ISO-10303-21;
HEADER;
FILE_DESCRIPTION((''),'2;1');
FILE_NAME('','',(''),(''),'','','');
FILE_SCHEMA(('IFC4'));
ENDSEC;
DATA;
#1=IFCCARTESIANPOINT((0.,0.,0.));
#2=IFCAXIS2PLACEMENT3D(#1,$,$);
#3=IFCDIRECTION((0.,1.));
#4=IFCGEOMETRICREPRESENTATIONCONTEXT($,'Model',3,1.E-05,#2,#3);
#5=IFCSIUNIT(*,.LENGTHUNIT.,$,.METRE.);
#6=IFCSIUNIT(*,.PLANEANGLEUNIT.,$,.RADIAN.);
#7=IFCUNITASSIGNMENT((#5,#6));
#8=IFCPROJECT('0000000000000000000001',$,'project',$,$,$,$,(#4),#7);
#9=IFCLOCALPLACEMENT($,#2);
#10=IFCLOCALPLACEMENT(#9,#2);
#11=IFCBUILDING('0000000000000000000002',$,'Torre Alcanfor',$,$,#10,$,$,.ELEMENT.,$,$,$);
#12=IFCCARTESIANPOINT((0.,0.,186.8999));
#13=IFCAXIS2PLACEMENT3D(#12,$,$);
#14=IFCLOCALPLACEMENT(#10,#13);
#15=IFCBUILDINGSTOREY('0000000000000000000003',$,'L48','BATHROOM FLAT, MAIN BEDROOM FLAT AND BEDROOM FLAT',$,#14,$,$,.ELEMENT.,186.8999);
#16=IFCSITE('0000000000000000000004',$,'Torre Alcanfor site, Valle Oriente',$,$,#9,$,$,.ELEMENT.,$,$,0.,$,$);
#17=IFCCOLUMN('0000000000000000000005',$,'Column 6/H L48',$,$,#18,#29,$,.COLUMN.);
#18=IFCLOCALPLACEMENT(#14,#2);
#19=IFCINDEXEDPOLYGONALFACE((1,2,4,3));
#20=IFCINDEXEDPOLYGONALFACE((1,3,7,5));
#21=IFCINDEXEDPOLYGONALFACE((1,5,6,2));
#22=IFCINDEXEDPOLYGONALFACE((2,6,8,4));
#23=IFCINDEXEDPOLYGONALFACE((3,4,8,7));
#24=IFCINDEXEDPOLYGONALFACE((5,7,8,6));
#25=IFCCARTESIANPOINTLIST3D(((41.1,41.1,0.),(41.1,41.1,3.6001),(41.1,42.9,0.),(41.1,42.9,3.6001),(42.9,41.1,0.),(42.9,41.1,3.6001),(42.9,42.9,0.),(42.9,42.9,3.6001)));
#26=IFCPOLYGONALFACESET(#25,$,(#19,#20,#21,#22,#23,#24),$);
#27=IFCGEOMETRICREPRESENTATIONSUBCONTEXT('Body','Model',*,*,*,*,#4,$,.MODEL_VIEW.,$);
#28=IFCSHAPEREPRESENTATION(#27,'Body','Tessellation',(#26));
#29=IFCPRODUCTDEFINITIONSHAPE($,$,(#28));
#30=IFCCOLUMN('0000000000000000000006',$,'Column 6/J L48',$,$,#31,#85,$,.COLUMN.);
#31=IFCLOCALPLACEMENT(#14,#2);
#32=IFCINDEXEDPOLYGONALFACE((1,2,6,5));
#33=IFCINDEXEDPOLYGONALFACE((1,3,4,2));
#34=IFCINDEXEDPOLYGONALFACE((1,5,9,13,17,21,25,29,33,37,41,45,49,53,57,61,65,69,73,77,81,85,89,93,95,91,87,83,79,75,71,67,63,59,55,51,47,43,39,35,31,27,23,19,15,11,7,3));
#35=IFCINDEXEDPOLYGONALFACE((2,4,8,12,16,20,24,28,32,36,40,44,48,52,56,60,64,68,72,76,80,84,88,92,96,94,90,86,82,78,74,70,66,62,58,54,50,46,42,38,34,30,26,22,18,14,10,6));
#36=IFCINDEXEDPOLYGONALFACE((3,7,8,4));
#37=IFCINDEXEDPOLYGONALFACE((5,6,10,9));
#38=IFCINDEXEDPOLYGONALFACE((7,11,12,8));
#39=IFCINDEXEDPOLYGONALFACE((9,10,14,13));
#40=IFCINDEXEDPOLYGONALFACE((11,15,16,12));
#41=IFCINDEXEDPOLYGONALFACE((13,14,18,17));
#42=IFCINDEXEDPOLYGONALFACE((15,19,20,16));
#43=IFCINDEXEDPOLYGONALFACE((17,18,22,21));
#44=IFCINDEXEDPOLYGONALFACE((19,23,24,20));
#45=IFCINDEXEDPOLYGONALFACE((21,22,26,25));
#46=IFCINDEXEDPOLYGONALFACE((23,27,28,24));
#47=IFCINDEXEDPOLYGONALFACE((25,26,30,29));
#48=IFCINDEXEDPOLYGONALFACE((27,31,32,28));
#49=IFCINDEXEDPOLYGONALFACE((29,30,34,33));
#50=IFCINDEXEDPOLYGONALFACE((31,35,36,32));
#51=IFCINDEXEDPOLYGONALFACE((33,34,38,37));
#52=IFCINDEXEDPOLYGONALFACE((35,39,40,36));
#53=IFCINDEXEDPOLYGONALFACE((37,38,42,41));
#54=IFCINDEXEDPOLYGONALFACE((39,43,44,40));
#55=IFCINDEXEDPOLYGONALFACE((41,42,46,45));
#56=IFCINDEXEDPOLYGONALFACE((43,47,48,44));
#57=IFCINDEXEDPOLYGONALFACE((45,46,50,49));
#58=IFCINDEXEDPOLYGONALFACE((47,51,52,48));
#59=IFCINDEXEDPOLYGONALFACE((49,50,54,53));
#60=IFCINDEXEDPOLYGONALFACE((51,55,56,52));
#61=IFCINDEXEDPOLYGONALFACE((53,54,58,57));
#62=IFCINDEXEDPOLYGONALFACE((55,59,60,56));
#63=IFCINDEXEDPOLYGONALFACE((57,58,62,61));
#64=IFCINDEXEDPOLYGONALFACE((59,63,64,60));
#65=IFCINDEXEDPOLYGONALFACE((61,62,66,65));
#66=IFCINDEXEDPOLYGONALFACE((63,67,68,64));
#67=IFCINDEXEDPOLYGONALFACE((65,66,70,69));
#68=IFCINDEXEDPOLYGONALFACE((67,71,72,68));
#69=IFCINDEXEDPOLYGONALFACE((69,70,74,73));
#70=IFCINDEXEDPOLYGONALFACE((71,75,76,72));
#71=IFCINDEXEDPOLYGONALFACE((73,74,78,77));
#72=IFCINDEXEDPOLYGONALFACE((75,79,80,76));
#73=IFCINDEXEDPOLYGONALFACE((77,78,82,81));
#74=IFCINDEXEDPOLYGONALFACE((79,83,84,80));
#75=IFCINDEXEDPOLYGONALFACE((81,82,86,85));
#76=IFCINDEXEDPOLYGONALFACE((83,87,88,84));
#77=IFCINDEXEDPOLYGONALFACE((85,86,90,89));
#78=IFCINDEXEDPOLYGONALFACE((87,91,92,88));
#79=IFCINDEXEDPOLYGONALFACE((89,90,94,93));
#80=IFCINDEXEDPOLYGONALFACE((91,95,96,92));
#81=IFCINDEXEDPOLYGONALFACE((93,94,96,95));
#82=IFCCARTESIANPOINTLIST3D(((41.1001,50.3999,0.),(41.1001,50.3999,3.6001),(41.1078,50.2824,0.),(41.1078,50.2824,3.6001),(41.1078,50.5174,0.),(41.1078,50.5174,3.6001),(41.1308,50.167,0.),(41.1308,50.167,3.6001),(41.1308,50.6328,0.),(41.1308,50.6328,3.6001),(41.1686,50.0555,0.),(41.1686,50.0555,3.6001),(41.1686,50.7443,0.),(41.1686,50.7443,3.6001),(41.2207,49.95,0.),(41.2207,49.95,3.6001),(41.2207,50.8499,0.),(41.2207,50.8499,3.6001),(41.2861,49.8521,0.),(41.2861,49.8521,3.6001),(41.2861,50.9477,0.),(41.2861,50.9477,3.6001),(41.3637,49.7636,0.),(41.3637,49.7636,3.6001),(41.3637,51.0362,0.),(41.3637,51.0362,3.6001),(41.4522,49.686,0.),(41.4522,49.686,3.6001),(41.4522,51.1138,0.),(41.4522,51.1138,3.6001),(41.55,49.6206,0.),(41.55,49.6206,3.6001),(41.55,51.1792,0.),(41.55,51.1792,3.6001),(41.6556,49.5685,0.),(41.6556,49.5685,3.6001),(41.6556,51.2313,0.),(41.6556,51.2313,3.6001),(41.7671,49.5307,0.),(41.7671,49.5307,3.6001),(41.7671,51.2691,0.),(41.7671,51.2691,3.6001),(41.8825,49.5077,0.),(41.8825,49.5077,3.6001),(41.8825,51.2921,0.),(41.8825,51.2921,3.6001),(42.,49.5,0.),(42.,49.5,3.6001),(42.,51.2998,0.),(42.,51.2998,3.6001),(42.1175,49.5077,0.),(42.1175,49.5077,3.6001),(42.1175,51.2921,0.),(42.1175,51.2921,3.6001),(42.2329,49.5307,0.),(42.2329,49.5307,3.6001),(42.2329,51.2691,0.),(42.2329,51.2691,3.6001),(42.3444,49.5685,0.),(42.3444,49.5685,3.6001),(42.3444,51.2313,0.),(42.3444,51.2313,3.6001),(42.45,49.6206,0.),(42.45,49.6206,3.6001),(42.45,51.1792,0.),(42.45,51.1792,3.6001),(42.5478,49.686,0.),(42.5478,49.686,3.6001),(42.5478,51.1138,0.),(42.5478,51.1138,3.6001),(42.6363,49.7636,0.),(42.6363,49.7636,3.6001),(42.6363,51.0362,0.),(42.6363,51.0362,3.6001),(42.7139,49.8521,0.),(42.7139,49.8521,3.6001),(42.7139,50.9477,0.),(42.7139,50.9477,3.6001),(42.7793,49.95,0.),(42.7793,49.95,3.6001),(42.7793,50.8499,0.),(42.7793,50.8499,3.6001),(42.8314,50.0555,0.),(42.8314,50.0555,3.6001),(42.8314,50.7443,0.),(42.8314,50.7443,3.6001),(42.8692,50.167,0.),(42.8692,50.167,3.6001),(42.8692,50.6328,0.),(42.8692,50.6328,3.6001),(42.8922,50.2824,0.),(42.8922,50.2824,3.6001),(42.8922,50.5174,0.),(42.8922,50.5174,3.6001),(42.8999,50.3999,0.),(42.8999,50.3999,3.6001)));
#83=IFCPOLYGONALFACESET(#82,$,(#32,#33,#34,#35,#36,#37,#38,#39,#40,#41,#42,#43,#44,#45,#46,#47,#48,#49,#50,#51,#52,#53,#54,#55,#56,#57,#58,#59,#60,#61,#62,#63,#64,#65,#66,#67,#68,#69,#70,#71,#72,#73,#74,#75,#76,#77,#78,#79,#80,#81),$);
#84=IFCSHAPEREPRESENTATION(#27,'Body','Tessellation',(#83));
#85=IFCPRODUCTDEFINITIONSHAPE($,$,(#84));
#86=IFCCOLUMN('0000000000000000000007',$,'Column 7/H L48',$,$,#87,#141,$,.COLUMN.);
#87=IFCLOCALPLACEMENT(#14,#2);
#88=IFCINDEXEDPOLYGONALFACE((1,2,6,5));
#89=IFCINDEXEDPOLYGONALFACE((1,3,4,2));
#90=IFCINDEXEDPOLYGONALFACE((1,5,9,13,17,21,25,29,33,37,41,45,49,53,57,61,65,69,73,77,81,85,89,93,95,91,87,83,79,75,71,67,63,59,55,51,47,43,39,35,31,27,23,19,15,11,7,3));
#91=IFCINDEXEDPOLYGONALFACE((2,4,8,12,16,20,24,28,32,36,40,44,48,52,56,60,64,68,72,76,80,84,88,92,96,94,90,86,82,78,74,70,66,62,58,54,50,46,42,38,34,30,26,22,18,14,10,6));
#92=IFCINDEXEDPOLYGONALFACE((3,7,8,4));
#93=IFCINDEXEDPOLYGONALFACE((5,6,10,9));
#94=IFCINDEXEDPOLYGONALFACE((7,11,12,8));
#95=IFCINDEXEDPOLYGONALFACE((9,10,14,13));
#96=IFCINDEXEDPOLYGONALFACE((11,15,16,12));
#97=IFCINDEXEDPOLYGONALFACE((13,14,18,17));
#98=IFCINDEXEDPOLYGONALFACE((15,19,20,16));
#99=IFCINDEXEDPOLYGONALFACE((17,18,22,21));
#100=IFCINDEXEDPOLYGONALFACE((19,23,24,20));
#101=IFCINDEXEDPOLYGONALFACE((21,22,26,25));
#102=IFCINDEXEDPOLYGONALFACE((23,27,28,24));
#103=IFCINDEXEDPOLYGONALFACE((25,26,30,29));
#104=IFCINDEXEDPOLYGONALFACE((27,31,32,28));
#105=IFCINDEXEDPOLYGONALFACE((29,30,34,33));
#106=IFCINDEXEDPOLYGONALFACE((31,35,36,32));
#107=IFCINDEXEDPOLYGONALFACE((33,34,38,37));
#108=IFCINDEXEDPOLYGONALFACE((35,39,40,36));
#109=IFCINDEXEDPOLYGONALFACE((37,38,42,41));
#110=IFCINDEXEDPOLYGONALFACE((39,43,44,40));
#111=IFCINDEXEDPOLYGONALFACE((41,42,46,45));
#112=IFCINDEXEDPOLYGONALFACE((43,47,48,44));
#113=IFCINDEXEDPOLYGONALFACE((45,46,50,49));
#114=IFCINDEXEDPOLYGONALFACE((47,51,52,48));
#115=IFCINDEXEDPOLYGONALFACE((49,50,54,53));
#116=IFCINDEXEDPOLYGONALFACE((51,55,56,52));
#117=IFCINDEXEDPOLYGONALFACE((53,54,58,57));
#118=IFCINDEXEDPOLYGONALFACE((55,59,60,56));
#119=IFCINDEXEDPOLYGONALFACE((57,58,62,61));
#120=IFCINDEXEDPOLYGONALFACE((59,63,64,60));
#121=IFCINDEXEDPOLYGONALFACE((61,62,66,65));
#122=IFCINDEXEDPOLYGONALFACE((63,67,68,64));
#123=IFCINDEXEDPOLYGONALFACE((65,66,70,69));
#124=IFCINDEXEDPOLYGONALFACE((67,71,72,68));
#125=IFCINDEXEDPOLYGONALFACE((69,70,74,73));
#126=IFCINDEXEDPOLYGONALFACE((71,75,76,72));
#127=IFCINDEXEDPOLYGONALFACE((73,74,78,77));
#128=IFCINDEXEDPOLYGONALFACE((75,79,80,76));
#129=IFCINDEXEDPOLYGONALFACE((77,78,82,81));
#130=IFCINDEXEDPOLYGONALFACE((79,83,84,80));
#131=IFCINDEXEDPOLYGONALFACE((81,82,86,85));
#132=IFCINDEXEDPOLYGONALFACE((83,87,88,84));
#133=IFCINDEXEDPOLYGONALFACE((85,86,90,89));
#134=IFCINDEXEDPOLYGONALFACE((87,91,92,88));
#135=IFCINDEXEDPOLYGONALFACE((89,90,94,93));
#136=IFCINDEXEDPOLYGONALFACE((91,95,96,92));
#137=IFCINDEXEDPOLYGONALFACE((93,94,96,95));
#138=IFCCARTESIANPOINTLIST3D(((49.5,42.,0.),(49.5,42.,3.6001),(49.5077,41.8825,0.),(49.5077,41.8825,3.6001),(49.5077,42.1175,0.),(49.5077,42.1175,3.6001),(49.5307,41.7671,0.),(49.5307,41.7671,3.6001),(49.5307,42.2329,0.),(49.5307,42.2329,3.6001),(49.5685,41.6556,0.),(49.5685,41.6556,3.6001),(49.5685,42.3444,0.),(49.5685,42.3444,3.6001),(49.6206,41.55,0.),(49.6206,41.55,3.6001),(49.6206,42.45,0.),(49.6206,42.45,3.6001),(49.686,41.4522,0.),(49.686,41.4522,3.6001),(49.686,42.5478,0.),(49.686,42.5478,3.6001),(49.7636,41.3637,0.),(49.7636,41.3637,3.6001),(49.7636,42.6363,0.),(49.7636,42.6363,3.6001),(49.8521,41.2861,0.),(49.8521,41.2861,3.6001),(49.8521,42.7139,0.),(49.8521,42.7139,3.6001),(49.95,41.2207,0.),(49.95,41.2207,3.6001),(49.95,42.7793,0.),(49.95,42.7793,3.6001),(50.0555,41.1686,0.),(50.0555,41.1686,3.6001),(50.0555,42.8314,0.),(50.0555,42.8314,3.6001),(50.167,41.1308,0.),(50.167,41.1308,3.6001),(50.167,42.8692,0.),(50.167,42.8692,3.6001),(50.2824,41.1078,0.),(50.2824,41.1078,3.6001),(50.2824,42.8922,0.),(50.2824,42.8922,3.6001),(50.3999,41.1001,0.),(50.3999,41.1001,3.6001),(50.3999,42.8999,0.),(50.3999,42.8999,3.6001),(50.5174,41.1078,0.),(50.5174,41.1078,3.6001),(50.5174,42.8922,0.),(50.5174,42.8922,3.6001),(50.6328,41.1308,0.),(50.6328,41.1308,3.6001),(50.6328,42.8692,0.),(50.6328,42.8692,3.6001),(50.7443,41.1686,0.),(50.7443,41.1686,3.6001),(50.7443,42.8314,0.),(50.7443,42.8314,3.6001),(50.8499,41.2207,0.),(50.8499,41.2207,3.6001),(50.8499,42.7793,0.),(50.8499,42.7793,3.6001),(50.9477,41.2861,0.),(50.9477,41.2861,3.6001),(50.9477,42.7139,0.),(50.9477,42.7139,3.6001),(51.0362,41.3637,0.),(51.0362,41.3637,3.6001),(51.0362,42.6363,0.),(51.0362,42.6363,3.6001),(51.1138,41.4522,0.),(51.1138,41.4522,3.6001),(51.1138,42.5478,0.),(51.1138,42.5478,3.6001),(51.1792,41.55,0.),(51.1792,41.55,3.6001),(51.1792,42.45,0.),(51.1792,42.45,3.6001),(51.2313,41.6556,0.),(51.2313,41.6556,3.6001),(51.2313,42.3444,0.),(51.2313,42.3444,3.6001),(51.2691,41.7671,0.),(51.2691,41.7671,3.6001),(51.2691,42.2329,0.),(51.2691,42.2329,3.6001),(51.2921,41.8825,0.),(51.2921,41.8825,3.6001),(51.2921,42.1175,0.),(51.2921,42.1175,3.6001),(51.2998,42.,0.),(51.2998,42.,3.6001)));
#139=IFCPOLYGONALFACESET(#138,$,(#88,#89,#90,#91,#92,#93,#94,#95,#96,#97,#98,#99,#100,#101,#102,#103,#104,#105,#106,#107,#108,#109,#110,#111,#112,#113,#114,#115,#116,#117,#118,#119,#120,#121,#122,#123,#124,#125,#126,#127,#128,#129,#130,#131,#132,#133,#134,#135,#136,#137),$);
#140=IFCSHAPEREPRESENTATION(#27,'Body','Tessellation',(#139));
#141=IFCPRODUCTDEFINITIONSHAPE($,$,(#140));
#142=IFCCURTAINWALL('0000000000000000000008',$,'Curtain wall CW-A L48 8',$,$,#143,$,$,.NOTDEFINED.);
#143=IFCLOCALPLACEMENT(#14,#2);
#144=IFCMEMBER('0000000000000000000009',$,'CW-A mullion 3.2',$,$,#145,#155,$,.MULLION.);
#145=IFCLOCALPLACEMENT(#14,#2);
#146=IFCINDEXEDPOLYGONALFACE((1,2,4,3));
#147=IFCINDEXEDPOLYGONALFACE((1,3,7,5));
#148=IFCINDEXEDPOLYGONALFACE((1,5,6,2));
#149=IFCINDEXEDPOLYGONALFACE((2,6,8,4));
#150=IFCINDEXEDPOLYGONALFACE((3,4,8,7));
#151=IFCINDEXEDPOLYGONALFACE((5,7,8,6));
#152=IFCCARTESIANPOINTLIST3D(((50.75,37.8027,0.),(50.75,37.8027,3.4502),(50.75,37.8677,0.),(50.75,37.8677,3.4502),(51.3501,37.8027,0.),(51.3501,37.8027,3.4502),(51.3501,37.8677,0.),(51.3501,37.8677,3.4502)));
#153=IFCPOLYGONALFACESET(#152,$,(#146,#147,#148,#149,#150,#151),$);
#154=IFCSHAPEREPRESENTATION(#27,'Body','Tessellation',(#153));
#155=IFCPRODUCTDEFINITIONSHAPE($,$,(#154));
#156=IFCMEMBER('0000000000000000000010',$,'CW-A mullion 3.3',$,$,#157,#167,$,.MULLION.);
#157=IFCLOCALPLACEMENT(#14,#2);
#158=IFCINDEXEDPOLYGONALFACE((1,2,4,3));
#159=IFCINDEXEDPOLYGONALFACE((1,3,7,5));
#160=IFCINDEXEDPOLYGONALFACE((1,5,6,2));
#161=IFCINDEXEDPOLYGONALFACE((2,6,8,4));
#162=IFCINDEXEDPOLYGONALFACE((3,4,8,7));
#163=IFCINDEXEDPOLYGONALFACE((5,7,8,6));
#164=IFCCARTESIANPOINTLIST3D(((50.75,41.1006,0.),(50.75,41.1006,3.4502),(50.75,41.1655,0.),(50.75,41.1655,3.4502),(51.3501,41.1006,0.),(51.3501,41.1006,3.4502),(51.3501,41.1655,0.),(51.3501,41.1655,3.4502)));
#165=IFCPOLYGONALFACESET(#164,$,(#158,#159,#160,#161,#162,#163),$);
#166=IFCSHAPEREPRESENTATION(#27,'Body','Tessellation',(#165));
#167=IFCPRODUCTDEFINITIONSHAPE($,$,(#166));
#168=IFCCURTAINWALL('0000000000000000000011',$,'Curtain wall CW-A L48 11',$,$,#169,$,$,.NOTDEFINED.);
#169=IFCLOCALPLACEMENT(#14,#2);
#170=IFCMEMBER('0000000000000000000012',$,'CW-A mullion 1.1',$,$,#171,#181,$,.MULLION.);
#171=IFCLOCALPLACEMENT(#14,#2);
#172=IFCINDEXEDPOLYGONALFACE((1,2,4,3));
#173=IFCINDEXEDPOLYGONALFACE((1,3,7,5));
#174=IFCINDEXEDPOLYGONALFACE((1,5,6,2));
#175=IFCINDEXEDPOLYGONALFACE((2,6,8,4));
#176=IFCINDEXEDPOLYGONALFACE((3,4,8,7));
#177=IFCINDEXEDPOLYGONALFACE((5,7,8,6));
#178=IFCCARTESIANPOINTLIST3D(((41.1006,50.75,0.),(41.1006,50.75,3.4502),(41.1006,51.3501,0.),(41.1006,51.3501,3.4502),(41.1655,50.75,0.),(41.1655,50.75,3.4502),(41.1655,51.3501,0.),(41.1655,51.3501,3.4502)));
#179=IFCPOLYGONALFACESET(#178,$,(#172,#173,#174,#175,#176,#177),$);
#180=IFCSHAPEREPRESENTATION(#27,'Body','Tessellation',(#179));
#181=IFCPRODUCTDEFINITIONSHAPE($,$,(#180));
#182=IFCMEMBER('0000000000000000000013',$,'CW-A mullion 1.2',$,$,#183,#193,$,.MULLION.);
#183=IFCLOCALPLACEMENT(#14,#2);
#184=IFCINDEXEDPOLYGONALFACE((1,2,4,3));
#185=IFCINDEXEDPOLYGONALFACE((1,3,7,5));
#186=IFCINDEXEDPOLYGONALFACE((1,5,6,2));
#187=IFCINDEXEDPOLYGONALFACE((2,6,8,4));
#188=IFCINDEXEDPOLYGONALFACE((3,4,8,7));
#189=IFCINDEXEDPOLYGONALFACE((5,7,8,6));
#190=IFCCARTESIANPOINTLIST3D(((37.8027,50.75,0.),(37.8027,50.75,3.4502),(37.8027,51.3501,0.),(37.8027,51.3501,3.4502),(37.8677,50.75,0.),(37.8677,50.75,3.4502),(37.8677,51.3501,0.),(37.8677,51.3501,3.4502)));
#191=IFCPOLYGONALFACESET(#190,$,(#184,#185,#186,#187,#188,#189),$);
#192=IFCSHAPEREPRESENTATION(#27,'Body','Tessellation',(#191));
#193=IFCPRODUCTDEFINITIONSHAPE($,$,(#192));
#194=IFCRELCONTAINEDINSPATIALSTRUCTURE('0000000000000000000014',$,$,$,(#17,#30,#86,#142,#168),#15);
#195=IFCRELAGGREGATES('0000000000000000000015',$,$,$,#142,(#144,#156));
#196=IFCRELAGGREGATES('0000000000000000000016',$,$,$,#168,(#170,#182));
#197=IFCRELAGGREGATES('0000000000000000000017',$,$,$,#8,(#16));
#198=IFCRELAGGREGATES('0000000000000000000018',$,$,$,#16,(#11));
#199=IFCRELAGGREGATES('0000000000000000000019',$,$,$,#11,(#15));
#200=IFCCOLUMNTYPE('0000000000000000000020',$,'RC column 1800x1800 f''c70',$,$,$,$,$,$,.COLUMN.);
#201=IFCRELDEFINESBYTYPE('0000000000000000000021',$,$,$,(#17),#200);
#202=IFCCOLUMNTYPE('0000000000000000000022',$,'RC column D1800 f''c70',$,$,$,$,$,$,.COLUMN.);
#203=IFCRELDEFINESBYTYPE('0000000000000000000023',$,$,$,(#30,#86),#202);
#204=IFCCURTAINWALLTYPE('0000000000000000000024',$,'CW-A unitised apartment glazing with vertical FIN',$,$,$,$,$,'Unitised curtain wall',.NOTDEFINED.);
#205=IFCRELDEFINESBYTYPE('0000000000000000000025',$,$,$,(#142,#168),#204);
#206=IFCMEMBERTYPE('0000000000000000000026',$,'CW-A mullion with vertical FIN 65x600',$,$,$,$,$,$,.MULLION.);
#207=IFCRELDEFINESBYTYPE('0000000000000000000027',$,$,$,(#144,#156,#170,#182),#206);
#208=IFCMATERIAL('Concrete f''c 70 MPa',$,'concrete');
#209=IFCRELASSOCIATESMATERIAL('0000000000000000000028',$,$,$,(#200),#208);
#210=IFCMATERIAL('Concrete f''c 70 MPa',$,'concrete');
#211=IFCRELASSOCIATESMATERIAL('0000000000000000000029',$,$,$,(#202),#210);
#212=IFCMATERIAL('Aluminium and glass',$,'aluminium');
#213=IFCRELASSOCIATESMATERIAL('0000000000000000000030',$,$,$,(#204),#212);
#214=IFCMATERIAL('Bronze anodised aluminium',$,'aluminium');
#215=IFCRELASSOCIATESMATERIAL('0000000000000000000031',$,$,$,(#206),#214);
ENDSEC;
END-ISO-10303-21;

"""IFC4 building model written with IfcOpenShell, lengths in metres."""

from ifc_helpers import new_model, si_unit, direction, frame, origin, origin_2d, place, context, subcontext, project, spatial, rectangle, circle, extrude, material, material_profile, profile_set, type_object, element, aggregate, save


model = new_model("IFC4")

# Units and contexts
model_context = context("Model", 3, precision=1e-05, world=origin(), true_north=direction((0.0, 1.0)))
body_context = subcontext(model_context, "Body", "Model", "MODEL_VIEW")
ifc_project = project(units=[si_unit("LENGTHUNIT", "METRE"), si_unit("PLANEANGLEUNIT", "RADIAN")], contexts=[model_context])

# Site, building, storey
site_placement = place(None, origin())
site = spatial("IfcSite", under=ifc_project, at=site_placement, Name="Torre Alcanfor site, Valle Oriente", CompositionType="ELEMENT", RefElevation=0.0)
building_placement = place(site_placement, origin())
building = spatial("IfcBuilding", under=site, at=building_placement, Name="Torre Alcanfor", CompositionType="ELEMENT")
storey_placement = place(building_placement, frame((0.0, 0.0, 186.8999)))
storey = spatial("IfcBuildingStorey", under=building, at=storey_placement, Name="L48", Description="BATHROOM FLAT, MAIN BEDROOM FLAT AND BEDROOM FLAT", CompositionType="ELEMENT", Elevation=186.8999)

# Columns
ifc_material_1 = material(Name="Concrete f'c 70 MPa", Category="concrete")
ifc_material_profile_1 = material_profile(ifc_material_1, rectangle(XDim=1.8, YDim=1.8, at=origin_2d()), Name="1800x1800")
ifc_profile_set_1 = profile_set([ifc_material_profile_1], Name="Concrete f'c 70 MPa")
column_type_1 = type_object("IfcColumnType", Name="RC column 1800x1800 f'c70", PredefinedType="COLUMN", material=ifc_profile_set_1)
column_placement = place(storey_placement, frame((42.0, 42.0, 0.0), z_axis=(0.0, 0.0, 1.0), x_axis=(1.0, 0.0, 0.0)))
element("IfcColumn", 1, at=column_placement, inside=storey, type_object=column_type_1, Name="Column 6/H L48", PredefinedType="COLUMN", context=body_context, shape_type="SweptSolid", body=[
    extrude(rectangle(XDim=1.8, YDim=1.8, at=origin_2d()), origin(), (0.0, 0.0, 1.0), 3.6001),
])
ifc_material_2 = material(Name="Concrete f'c 70 MPa", Category="concrete")
ifc_material_profile_2 = material_profile(ifc_material_2, circle(Radius=0.8999, at=origin_2d()), Name="D1800")
ifc_profile_set_2 = profile_set([ifc_material_profile_2], Name="Concrete f'c 70 MPa")
column_type_2 = type_object("IfcColumnType", Name="RC column D1800 f'c70", PredefinedType="COLUMN", material=ifc_profile_set_2)
for number, where, z_axis, x_axis, name in (
    (2, (42.0, 50.3999, 0.0), (0.0, 0.0, 1.0), (1.0, 0.0, 0.0), "Column 6/J L48"),
    (3, (50.3999, 42.0, 0.0), (0.0, 0.0, 1.0), (1.0, 0.0, 0.0), "Column 7/H L48"),
):
    element("IfcColumn", number, at=place(storey_placement, frame(where, z_axis=z_axis, x_axis=x_axis)), inside=storey, type_object=column_type_2, Name=name, PredefinedType="COLUMN", context=body_context, shape_type="SweptSolid", body=[
        extrude(circle(Radius=0.8999, at=origin_2d()), origin(), (0.0, 0.0, 1.0), 3.6001),
    ])

# Curtain walls, members
ifc_material_3 = material(Name="Aluminium and glass", Category="aluminium")
curtain_wall_type = type_object("IfcCurtainWallType", Name="CW-A unitised apartment glazing with vertical FIN", ElementType="Unitised curtain wall", PredefinedType="NOTDEFINED", material=ifc_material_3)
curtain_wall_1_placement = place(storey_placement, origin())
curtain_wall_1 = element("IfcCurtainWall", 4, at=curtain_wall_1_placement, inside=storey, type_object=curtain_wall_type, Name="Curtain wall CW-A L48 8", PredefinedType="NOTDEFINED")
ifc_material_4 = material(Name="Bronze anodised aluminium", Category="aluminium")
ifc_material_profile_3 = material_profile(ifc_material_4, rectangle(XDim=0.6001, YDim=0.0649, at=origin_2d()), Name="CW-A mullion 65x600")
ifc_profile_set_3 = profile_set([ifc_material_profile_3], Name="Bronze anodised aluminium")
member_type_1 = type_object("IfcMemberType", Name="CW-A mullion with vertical FIN 65x600", PredefinedType="MULLION", material=ifc_profile_set_3)
member_1_placement = place(storey_placement, frame((51.05, 37.8352, 0.0), z_axis=(0.0, 0.0, 1.0), x_axis=(-1.0, 0.0, 0.0)))
member_1 = element("IfcMember", 5, at=member_1_placement, type_object=member_type_1, Name="CW-A mullion 3.2", PredefinedType="MULLION", context=body_context, shape_type="SweptSolid", body=[
    extrude(rectangle(XDim=0.6001, YDim=0.0649, at=origin_2d()), origin(), (0.0, 0.0, 1.0), 3.4502),
])
member_2_placement = place(storey_placement, frame((51.05, 41.1331, 0.0), z_axis=(0.0, 0.0, 1.0), x_axis=(-1.0, 0.0, 0.0)))
member_2 = element("IfcMember", 6, at=member_2_placement, type_object=member_type_1, Name="CW-A mullion 3.3", PredefinedType="MULLION", context=body_context, shape_type="SweptSolid", body=[
    extrude(rectangle(XDim=0.6001, YDim=0.0649, at=origin_2d()), origin(), (0.0, 0.0, 1.0), 3.4502),
])
curtain_wall_2_placement = place(storey_placement, origin())
curtain_wall_2 = element("IfcCurtainWall", 7, at=curtain_wall_2_placement, inside=storey, type_object=curtain_wall_type, Name="Curtain wall CW-A L48 11", PredefinedType="NOTDEFINED")
member_3_placement = place(storey_placement, frame((41.1331, 51.05, 0.0), z_axis=(0.0, 0.0, 1.0), x_axis=(0.0, -1.0, 0.0)))
member_3 = element("IfcMember", 8, at=member_3_placement, type_object=member_type_1, Name="CW-A mullion 1.1", PredefinedType="MULLION", context=body_context, shape_type="SweptSolid", body=[
    extrude(rectangle(XDim=0.6001, YDim=0.0649, at=origin_2d()), origin(), (0.0, 0.0, 1.0), 3.4502),
])
member_4_placement = place(storey_placement, frame((37.8352, 51.05, 0.0), z_axis=(0.0, 0.0, 1.0), x_axis=(0.0, -1.0, 0.0)))
member_4 = element("IfcMember", 9, at=member_4_placement, type_object=member_type_1, Name="CW-A mullion 1.2", PredefinedType="MULLION", context=body_context, shape_type="SweptSolid", body=[
    extrude(rectangle(XDim=0.6001, YDim=0.0649, at=origin_2d()), origin(), (0.0, 0.0, 1.0), 3.4502),
])

aggregate(curtain_wall_1, [member_1, member_2])
aggregate(curtain_wall_2, [member_3, member_4])

save(model, "model.ifc")
